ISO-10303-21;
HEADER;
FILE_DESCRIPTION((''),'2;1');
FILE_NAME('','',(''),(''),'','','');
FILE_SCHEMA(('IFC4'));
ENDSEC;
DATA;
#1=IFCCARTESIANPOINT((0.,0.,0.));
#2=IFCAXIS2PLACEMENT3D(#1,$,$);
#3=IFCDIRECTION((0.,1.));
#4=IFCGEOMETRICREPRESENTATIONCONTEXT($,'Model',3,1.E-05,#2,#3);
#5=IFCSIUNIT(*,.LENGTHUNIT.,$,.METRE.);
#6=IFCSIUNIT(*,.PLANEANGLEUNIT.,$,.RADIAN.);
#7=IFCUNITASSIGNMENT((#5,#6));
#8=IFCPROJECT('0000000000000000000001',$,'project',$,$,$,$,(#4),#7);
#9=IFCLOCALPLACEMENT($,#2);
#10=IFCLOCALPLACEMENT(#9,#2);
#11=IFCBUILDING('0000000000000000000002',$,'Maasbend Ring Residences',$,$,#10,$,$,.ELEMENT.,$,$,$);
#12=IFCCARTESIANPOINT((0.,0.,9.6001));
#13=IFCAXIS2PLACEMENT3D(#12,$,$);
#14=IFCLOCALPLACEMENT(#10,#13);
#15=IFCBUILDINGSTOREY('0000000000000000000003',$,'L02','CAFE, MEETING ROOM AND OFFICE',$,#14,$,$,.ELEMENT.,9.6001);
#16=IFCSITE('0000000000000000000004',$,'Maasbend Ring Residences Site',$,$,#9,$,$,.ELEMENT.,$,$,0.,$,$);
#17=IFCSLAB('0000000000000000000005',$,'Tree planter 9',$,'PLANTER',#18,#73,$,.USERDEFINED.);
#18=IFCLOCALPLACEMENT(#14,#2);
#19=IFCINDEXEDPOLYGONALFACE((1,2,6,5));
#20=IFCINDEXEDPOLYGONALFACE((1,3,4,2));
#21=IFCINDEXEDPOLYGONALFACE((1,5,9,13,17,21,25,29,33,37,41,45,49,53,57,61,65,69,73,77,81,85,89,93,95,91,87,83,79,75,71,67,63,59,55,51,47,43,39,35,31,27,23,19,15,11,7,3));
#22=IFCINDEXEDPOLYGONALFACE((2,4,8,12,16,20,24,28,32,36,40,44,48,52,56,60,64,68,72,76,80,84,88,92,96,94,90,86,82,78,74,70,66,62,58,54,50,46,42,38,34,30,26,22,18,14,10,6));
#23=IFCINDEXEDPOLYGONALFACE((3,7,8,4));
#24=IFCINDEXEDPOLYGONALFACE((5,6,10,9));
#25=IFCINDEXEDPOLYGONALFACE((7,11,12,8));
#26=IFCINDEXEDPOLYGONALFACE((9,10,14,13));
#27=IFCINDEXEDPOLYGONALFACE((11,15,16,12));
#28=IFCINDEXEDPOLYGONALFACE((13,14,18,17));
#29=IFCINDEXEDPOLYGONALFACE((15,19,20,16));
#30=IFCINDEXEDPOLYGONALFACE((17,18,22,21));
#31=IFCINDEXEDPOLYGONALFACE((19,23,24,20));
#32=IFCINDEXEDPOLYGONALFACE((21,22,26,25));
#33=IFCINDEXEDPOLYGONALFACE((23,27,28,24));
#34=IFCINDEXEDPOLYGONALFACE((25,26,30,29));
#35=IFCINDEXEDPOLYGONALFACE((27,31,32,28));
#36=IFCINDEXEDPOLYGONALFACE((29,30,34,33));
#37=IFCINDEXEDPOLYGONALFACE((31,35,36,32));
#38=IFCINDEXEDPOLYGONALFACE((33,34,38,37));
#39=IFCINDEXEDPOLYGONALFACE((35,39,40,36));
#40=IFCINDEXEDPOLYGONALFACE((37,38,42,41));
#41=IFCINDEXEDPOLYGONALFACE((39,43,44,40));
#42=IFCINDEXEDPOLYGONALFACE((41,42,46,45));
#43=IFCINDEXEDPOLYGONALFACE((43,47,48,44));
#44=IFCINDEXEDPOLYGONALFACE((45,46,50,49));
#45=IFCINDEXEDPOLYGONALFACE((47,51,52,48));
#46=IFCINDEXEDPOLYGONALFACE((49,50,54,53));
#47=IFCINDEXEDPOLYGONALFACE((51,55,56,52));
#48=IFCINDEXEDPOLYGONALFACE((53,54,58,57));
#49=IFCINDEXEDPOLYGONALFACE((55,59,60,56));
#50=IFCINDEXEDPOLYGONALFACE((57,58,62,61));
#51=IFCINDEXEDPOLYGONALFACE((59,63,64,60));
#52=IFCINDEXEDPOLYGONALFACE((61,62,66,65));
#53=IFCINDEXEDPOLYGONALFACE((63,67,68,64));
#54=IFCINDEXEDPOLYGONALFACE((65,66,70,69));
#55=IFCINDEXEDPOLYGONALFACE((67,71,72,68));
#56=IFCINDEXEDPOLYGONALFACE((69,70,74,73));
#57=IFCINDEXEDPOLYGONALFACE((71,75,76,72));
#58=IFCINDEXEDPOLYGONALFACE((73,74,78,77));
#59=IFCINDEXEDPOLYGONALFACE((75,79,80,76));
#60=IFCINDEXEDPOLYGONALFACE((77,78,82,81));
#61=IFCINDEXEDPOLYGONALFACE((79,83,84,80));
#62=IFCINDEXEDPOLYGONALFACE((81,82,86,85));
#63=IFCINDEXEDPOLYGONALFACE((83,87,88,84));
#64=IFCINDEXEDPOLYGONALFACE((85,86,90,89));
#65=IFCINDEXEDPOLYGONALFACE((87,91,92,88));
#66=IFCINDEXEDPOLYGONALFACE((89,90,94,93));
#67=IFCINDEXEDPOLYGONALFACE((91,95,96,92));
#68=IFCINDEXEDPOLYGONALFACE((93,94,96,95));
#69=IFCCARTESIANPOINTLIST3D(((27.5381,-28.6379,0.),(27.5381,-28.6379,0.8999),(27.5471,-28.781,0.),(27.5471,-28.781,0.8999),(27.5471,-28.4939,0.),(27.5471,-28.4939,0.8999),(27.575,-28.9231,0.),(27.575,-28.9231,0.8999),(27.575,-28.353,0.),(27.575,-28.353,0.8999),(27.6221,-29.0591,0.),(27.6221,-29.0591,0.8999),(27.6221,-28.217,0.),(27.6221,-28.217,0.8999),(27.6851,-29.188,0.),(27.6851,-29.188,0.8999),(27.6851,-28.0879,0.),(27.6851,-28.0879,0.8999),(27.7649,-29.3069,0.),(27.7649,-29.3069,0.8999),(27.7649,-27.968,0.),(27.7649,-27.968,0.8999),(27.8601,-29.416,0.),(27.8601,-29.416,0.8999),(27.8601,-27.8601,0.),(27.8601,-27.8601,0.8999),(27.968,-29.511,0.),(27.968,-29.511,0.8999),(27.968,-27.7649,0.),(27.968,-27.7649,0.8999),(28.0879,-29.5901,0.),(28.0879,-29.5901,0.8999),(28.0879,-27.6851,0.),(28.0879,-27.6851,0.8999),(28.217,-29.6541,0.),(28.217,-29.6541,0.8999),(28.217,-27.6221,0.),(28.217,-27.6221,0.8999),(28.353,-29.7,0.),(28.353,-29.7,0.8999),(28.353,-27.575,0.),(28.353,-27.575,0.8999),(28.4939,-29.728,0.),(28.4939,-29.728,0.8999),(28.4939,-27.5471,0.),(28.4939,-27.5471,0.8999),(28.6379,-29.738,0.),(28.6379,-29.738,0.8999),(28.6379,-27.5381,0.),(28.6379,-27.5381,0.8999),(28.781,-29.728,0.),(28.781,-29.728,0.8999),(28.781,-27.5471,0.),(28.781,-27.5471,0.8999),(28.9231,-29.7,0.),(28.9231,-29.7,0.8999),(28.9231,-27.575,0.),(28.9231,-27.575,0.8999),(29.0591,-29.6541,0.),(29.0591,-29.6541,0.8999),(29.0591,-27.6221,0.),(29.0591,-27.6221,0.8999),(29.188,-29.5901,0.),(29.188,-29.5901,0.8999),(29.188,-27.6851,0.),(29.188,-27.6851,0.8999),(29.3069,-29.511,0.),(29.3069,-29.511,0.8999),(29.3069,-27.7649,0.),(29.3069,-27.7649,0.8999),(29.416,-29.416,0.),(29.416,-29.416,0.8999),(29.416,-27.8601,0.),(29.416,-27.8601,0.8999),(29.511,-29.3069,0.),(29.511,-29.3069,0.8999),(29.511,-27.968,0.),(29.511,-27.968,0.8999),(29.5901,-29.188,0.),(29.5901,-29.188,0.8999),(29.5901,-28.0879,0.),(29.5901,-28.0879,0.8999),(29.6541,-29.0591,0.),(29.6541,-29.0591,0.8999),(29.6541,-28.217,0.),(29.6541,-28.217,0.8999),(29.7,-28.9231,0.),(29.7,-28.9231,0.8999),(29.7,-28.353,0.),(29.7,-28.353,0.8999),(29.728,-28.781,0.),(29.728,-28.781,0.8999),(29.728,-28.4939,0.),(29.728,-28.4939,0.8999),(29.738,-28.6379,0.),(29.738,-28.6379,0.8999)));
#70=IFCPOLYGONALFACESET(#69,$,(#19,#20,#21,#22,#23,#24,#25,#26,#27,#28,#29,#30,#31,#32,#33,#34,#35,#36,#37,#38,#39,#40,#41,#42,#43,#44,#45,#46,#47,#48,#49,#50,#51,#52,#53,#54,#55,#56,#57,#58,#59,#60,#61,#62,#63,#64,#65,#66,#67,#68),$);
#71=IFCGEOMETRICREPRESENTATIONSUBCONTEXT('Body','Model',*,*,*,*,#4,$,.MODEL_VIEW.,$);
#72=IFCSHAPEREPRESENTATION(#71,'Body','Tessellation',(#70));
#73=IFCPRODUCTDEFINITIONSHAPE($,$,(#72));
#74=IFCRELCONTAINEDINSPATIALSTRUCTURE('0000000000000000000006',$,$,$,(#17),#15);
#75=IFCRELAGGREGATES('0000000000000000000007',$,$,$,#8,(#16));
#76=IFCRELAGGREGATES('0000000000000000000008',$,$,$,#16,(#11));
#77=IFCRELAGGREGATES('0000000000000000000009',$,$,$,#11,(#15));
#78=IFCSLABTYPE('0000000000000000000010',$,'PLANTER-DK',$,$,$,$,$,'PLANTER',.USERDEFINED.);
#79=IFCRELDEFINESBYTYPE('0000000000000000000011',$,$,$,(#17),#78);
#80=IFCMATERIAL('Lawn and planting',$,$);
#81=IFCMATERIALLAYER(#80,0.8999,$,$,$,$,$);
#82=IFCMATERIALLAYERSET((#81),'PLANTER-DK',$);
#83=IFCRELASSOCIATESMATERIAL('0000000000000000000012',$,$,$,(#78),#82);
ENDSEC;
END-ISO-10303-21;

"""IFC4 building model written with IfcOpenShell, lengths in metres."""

from ifc_helpers import new_model, si_unit, direction, frame, origin, place, context, subcontext, project, spatial, polyline, outline, extrude, material, layer, layer_set, type_object, element, save


model = new_model("IFC4")

# Units and contexts
model_context = context("Model", 3, precision=1e-05, world=origin(), true_north=direction((0.0, 1.0)))
body_context = subcontext(model_context, "Body", "Model", "MODEL_VIEW")
ifc_project = project(units=[si_unit("LENGTHUNIT", "METRE"), si_unit("PLANEANGLEUNIT", "RADIAN")], contexts=[model_context])

# Site, building, storey
site_placement = place(None, origin())
site = spatial("IfcSite", under=ifc_project, at=site_placement, Name="Maasbend Ring Residences Site", CompositionType="ELEMENT", RefElevation=0.0)
building_placement = place(site_placement, origin())
building = spatial("IfcBuilding", under=site, at=building_placement, Name="Maasbend Ring Residences", CompositionType="ELEMENT")
storey_placement = place(building_placement, frame((0.0, 0.0, 9.6001)))
storey = spatial("IfcBuildingStorey", under=building, at=storey_placement, Name="L02", Description="CAFE, MEETING ROOM AND OFFICE", CompositionType="ELEMENT", Elevation=9.6001)

# Slab
ifc_material = material(Name="Lawn and planting")
ifc_layer = layer(ifc_material, 0.8999)
ifc_layer_set = layer_set([ifc_layer], Name="PLANTER-DK")
slab_type = type_object("IfcSlabType", Name="PLANTER-DK", ElementType="PLANTER", PredefinedType="USERDEFINED", material=ifc_layer_set)
slab_1_placement = place(storey_placement, origin())
element("IfcSlab", 1, at=slab_1_placement, inside=storey, type_object=slab_type, Name="Tree planter 9", ObjectType="PLANTER", PredefinedType="USERDEFINED", context=body_context, shape_type="SweptSolid", body=[
    extrude(outline(polyline([(29.738, -28.6379), (29.728, -28.781), (29.7, -28.9231), (29.6541, -29.0591), (29.5901, -29.188), (29.511, -29.3069), (29.416, -29.416), (29.3069, -29.511), (29.188, -29.5901), (29.0591, -29.6541), (28.9231, -29.7), (28.781, -29.728), (28.6379, -29.738), (28.4939, -29.728), (28.353, -29.7), (28.217, -29.6541), (28.0879, -29.5901), (27.968, -29.511), (27.8601, -29.416), (27.7649, -29.3069), (27.6851, -29.188), (27.6221, -29.0591), (27.575, -28.9231), (27.5471, -28.781), (27.5381, -28.6379), (27.5471, -28.4939), (27.575, -28.353), (27.6221, -28.217), (27.6851, -28.0879), (27.7649, -27.968), (27.8601, -27.8601), (27.968, -27.7649), (28.0879, -27.6851), (28.217, -27.6221), (28.353, -27.575), (28.4939, -27.5471), (28.6379, -27.5381), (28.781, -27.5471), (28.9231, -27.575), (29.0591, -27.6221), (29.188, -27.6851), (29.3069, -27.7649), (29.416, -27.8601), (29.511, -27.968), (29.5901, -28.0879), (29.6541, -28.217), (29.7, -28.353), (29.728, -28.4939), (29.738, -28.6379)])), origin(), (0.0, 0.0, 1.0), 0.8999),
])

save(model, "model.ifc")
